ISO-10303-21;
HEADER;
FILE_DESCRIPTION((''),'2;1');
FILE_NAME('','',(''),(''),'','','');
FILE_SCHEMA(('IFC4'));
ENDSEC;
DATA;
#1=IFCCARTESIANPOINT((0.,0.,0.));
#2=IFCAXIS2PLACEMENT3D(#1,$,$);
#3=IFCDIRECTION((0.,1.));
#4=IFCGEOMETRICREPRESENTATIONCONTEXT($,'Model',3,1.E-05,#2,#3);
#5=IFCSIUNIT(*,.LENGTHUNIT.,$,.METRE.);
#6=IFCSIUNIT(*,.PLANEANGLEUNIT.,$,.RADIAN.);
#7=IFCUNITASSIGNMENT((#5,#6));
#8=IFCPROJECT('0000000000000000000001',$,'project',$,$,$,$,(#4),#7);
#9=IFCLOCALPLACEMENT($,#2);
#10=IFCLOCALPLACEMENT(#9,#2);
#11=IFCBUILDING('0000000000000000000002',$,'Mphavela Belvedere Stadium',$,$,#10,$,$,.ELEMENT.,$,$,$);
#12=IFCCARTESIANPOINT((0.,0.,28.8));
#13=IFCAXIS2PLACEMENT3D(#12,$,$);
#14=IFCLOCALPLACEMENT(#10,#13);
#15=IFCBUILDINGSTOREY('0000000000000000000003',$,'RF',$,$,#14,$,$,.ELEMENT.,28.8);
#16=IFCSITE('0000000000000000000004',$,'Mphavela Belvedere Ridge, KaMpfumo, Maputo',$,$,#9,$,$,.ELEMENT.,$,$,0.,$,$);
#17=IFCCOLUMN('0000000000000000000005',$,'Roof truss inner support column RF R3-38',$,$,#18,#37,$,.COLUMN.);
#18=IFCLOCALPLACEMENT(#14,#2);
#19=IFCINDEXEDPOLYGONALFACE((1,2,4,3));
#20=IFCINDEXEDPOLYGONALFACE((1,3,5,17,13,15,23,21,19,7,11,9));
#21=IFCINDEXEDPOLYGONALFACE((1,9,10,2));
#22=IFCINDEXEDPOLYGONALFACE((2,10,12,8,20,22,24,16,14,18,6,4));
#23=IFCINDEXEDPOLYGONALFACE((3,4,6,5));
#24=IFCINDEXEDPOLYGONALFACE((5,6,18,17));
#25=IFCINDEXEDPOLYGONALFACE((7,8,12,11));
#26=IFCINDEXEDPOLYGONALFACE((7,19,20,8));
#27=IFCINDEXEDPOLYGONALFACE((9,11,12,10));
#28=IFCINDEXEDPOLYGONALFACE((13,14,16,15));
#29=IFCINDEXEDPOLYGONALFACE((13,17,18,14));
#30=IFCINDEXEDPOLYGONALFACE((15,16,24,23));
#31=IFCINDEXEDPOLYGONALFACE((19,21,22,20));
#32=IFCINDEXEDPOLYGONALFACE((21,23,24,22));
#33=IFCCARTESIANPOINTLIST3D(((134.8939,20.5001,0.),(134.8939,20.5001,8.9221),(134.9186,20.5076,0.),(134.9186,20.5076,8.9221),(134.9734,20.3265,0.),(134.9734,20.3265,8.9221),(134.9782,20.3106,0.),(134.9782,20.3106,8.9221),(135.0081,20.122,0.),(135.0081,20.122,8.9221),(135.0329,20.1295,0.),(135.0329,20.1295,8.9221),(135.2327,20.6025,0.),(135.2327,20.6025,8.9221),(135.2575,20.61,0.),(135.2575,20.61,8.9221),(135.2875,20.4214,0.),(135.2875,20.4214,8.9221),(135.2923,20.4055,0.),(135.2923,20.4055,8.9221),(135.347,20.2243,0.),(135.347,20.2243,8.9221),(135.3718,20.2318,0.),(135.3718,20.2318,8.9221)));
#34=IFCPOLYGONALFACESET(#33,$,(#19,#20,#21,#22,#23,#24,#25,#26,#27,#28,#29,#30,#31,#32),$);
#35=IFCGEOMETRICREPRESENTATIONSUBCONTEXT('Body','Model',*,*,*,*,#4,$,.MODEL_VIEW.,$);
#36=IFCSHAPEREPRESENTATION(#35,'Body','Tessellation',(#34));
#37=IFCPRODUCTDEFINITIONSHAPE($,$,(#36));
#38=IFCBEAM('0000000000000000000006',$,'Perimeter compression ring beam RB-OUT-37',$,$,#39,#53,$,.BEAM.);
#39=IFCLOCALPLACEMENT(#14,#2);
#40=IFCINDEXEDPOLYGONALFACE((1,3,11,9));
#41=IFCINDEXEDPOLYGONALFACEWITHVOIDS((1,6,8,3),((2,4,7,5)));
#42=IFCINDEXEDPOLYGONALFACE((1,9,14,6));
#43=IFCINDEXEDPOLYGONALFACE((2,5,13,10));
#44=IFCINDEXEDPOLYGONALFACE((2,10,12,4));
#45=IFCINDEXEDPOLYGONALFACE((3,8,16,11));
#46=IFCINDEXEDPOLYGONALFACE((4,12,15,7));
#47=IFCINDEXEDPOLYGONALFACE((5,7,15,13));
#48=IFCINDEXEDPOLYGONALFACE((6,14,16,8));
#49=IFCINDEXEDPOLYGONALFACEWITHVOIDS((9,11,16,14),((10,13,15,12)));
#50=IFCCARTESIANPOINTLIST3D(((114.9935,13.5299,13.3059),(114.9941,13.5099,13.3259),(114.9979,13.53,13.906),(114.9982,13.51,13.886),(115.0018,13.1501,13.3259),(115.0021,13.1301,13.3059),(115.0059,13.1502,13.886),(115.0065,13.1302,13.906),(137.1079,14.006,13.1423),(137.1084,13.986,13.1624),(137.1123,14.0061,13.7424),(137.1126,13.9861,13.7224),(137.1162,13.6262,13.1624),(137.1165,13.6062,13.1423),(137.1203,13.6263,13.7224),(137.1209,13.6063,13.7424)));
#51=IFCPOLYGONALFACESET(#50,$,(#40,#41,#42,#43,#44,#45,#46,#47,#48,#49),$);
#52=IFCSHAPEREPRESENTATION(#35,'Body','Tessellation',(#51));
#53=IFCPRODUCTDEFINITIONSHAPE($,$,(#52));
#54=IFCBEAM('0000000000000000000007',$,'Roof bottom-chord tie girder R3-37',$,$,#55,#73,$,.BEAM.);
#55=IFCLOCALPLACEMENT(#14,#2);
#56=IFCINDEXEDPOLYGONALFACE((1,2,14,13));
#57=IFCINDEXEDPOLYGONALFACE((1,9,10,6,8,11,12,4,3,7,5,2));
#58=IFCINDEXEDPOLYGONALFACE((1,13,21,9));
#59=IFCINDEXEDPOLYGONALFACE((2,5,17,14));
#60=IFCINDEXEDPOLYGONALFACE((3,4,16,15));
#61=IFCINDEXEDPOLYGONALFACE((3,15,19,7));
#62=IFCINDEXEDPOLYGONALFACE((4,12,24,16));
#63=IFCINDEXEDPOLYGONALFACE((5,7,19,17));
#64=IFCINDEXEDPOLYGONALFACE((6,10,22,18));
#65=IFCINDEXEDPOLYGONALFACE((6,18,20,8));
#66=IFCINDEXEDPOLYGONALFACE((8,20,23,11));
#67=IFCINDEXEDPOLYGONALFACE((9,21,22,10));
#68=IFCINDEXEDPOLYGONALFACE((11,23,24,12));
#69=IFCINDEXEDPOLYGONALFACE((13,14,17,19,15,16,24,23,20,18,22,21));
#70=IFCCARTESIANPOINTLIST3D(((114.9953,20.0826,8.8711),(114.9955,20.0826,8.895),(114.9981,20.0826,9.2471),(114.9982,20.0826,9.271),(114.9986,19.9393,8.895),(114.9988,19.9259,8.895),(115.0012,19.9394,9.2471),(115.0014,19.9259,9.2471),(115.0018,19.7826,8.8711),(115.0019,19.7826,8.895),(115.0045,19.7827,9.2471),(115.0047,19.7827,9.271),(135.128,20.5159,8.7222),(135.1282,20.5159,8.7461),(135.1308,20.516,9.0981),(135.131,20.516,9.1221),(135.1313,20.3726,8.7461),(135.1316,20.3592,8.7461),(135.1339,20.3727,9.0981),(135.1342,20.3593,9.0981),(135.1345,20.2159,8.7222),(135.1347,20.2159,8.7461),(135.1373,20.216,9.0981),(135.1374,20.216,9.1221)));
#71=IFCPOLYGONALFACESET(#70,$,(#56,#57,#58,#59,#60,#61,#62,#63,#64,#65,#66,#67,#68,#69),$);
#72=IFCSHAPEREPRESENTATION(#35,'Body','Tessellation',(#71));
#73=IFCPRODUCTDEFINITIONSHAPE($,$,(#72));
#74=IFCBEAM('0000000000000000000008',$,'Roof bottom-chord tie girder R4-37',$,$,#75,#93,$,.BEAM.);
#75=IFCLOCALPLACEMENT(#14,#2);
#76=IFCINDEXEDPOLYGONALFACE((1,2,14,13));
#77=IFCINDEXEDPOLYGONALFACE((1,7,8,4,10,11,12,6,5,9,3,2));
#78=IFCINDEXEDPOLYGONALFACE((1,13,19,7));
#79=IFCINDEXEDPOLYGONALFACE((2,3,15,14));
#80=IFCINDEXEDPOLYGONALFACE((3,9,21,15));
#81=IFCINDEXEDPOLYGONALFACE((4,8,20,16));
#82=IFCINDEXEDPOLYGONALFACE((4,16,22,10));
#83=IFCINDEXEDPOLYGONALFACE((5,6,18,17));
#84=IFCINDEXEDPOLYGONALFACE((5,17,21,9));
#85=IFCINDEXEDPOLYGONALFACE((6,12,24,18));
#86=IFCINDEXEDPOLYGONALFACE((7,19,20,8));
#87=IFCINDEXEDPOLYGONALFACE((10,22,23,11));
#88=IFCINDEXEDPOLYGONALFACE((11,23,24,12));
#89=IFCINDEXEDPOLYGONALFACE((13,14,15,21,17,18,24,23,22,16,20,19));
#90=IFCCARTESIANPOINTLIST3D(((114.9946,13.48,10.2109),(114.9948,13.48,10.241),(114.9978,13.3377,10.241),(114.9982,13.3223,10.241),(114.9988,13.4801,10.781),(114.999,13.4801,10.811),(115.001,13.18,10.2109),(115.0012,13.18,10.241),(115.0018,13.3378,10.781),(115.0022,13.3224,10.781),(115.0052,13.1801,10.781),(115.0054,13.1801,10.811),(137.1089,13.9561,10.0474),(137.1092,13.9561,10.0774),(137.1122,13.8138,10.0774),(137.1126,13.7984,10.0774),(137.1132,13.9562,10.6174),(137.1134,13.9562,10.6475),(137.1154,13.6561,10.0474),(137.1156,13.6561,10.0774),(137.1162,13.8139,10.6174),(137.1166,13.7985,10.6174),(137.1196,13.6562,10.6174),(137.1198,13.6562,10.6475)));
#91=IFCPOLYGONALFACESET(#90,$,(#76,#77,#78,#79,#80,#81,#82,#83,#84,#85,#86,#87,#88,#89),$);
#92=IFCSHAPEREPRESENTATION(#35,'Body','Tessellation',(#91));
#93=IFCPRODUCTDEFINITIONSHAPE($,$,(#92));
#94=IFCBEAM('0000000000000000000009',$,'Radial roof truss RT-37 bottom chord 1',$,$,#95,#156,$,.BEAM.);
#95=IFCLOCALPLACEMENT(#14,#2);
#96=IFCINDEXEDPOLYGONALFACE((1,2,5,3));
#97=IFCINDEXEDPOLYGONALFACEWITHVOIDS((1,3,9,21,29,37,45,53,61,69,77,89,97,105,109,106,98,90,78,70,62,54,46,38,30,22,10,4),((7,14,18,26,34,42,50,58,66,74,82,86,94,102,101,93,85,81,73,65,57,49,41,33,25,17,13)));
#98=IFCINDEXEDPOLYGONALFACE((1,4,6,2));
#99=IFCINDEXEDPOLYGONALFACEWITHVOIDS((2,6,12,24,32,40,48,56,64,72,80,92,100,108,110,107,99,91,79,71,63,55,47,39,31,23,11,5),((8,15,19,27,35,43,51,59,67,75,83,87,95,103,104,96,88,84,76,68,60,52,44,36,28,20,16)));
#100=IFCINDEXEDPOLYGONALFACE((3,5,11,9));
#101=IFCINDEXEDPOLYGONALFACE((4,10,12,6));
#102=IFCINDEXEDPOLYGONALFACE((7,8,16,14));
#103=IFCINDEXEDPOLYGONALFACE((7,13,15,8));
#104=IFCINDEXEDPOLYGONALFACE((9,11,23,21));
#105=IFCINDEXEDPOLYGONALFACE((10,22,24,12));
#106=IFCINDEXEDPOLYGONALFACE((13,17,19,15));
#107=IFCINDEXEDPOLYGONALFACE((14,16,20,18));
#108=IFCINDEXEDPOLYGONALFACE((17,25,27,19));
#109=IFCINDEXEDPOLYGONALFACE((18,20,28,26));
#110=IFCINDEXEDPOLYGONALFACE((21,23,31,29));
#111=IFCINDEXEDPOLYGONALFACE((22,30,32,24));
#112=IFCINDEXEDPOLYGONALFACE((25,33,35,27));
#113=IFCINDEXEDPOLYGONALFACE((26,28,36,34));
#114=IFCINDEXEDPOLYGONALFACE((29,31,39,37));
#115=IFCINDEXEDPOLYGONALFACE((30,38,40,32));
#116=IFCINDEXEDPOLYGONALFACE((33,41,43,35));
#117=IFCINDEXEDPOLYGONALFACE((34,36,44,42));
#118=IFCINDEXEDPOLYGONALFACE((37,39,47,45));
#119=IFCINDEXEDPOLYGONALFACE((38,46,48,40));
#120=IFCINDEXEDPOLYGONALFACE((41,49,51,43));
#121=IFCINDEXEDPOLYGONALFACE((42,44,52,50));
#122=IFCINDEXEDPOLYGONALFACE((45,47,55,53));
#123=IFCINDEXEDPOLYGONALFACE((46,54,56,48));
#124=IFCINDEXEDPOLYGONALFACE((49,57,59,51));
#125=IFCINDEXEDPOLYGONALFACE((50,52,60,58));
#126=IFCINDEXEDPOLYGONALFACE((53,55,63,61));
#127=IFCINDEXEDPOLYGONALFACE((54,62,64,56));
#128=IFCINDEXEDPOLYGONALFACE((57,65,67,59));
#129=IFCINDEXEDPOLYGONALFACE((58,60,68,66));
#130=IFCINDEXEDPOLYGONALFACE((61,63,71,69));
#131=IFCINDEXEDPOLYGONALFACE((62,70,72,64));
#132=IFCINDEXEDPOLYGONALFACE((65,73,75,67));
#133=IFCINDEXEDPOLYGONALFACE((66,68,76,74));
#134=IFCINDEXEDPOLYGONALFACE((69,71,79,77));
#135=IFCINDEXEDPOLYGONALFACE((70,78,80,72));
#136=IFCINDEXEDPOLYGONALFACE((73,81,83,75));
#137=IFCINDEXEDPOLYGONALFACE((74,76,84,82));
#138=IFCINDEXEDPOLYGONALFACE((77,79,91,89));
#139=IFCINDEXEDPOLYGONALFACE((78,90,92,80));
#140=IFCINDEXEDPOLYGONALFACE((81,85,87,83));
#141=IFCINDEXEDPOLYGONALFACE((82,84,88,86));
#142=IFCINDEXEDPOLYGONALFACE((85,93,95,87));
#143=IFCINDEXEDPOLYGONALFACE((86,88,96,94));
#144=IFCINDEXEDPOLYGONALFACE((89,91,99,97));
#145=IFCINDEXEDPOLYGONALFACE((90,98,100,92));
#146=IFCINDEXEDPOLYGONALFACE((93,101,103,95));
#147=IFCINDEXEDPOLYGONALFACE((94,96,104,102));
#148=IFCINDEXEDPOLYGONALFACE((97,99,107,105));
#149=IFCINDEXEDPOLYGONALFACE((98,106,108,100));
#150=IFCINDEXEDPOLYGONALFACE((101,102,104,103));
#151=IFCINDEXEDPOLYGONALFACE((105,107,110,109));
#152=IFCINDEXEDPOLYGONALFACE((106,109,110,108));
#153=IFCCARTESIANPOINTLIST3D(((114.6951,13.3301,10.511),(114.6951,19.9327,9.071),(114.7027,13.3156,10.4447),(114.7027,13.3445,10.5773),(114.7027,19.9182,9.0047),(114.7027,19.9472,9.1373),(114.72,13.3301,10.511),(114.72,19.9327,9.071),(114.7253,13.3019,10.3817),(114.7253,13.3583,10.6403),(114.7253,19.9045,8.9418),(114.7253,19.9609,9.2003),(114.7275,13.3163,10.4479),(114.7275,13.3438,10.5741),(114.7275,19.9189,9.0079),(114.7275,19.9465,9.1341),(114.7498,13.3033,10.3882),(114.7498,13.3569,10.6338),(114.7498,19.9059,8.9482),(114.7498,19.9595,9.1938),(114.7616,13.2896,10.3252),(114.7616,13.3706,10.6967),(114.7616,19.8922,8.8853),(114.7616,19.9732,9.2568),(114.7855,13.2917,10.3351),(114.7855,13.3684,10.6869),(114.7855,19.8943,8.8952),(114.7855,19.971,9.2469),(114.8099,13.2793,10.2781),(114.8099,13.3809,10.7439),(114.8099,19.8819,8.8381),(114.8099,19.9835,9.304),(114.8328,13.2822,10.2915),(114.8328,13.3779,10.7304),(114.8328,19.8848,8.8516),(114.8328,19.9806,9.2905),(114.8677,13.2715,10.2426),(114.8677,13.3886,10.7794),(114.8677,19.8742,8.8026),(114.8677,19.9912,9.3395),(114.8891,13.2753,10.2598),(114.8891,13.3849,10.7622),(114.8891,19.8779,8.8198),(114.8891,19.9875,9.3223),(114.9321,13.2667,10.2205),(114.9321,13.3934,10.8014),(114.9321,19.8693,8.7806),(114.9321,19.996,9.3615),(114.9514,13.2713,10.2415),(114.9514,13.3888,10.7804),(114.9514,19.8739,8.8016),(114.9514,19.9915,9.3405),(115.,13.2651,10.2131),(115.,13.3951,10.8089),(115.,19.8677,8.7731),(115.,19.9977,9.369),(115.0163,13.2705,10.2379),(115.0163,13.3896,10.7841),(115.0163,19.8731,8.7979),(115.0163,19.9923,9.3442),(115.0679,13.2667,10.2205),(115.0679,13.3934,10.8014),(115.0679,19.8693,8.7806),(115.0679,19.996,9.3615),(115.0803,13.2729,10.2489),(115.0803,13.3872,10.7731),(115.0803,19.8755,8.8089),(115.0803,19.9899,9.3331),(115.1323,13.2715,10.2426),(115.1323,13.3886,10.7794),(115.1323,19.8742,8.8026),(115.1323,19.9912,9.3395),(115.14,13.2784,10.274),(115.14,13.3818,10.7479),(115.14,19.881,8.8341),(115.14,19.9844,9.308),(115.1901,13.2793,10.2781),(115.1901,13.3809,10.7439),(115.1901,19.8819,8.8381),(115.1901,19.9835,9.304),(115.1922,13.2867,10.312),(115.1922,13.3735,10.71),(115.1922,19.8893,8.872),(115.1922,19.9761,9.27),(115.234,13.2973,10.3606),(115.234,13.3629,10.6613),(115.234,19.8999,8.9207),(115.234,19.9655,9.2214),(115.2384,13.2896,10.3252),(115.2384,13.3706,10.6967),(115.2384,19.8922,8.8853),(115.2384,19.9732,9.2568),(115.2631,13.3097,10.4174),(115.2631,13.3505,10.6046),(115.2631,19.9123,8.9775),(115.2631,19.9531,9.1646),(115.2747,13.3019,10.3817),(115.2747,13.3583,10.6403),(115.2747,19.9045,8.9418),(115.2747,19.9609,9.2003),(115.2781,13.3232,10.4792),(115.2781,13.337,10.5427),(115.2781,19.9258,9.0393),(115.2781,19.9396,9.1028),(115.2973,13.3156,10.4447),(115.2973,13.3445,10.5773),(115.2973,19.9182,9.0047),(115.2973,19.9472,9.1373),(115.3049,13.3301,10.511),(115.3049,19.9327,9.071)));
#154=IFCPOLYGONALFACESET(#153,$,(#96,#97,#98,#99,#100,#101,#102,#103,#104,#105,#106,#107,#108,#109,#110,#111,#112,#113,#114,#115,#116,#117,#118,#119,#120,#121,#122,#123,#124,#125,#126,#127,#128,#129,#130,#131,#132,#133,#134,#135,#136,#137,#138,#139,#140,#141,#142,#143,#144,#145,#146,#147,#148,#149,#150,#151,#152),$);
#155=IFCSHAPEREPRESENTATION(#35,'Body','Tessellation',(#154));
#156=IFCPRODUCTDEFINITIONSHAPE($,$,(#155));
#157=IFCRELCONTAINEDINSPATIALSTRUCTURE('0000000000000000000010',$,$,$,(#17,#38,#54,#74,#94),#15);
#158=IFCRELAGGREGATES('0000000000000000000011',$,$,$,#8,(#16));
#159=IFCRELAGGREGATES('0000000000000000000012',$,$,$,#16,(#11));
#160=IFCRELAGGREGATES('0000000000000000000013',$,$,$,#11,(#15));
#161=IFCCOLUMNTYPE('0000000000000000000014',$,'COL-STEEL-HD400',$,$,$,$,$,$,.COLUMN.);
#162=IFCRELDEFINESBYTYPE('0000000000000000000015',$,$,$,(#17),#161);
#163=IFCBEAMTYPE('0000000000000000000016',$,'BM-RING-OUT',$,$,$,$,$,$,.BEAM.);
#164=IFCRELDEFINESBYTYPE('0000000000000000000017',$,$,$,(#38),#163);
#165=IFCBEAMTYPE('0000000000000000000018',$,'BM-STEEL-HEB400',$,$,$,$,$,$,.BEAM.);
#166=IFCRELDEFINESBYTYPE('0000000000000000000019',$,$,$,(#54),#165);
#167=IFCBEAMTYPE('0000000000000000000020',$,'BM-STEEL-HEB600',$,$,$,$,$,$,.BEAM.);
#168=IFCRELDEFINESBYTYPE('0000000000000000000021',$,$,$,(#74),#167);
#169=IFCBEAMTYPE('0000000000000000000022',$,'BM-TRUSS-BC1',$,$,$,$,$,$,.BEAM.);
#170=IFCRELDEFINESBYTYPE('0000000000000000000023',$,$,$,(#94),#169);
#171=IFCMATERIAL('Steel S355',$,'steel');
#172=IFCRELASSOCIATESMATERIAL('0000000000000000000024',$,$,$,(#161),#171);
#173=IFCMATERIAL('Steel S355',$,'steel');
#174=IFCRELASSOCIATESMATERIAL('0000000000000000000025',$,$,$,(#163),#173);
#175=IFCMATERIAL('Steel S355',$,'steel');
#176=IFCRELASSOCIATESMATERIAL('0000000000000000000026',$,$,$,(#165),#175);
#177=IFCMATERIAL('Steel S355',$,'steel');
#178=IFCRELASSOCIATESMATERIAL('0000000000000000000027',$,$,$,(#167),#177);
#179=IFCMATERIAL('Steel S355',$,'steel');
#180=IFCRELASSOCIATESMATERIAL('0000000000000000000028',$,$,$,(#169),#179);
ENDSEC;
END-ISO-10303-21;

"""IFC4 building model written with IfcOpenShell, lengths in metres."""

from ifc_helpers import new_model, si_unit, direction, frame, origin, origin_2d, place, context, subcontext, project, spatial, hollow_rectangle, hollow_circle, i_section, extrude, material, material_profile, profile_set, type_object, element, save


model = new_model("IFC4")

# Units and contexts
model_context = context("Model", 3, precision=1e-05, world=origin(), true_north=direction((0.0, 1.0)))
body_context = subcontext(model_context, "Body", "Model", "MODEL_VIEW")
ifc_project = project(units=[si_unit("LENGTHUNIT", "METRE"), si_unit("PLANEANGLEUNIT", "RADIAN")], contexts=[model_context])

# Site, building, storey
site_placement = place(None, origin())
site = spatial("IfcSite", under=ifc_project, at=site_placement, Name="Mphavela Belvedere Ridge, KaMpfumo, Maputo", CompositionType="ELEMENT", RefElevation=0.0)
building_placement = place(site_placement, origin())
building = spatial("IfcBuilding", under=site, at=building_placement, Name="Mphavela Belvedere Stadium", CompositionType="ELEMENT")
storey_placement = place(building_placement, frame((0.0, 0.0, 28.8)))
storey = spatial("IfcBuildingStorey", under=building, at=storey_placement, Name="RF", CompositionType="ELEMENT", Elevation=28.8)

# Column
ifc_material_1 = material(Name="Steel S355", Category="steel")
ifc_material_profile_1 = material_profile(ifc_material_1, i_section(OverallWidth=0.395, OverallDepth=0.3799, WebThickness=0.0166, FlangeThickness=0.0259, at=origin_2d()), Name="HD 400x237")
ifc_profile_set_1 = profile_set([ifc_material_profile_1], Name="Steel S355")
column_type = type_object("IfcColumnType", Name="COL-STEEL-HD400", PredefinedType="COLUMN", material=ifc_profile_set_1)
column_placement = place(storey_placement, frame((135.1328, 20.366, 0.0), z_axis=(0.0, 0.0, 1.0), x_axis=(0.289199, -0.957269, 0.0)))
element("IfcColumn", 1, at=column_placement, inside=storey, type_object=column_type, Name="Roof truss inner support column RF R3-38", PredefinedType="COLUMN", context=body_context, shape_type="SweptSolid", body=[
    extrude(i_section(OverallWidth=0.395, OverallDepth=0.3799, WebThickness=0.0166, FlangeThickness=0.0259, at=origin_2d()), origin(), (0.0, 0.0, 1.0), 8.9221),
])

# Beams
ifc_material_2 = material(Name="Steel S355", Category="steel")
ifc_material_profile_2 = material_profile(ifc_material_2, hollow_rectangle(XDim=0.3999, YDim=0.6001, WallThickness=0.02, at=origin_2d()), Name="RHS 600x400x20")
ifc_profile_set_2 = profile_set([ifc_material_profile_2], Name="Steel S355")
beam_type_1 = type_object("IfcBeamType", Name="BM-RING-OUT", PredefinedType="BEAM", material=ifc_profile_set_2)
beam_1_placement = place(storey_placement, frame((115.0, 13.3301, 13.606), z_axis=(0.999741, 0.021522, -0.007395), x_axis=(-0.021523, 0.999768, 0.0)))
element("IfcBeam", 2, at=beam_1_placement, inside=storey, type_object=beam_type_1, Name="Perimeter compression ring beam RB-OUT-37", PredefinedType="BEAM", context=body_context, shape_type="SweptSolid", body=[
    extrude(hollow_rectangle(XDim=0.3999, YDim=0.6001, WallThickness=0.02, at=origin_2d()), origin(), (0.0, 0.0, 1.0), 22.1201),
])
ifc_material_3 = material(Name="Steel S355", Category="steel")
ifc_material_profile_3 = material_profile(ifc_material_3, i_section(OverallWidth=0.3, OverallDepth=0.3999, WebThickness=0.0134, FlangeThickness=0.0239, at=origin_2d()), Name="HEB 400")
ifc_profile_set_3 = profile_set([ifc_material_profile_3], Name="Steel S355")
beam_type_2 = type_object("IfcBeamType", Name="BM-STEEL-HEB400", PredefinedType="BEAM", material=ifc_profile_set_3)
beam_2_placement = place(storey_placement, frame((115.0, 19.9326, 9.071), z_axis=(0.999741, 0.021519, -0.007395), x_axis=(-0.02152, 0.999768, 0.0)))
element("IfcBeam", 3, at=beam_2_placement, inside=storey, type_object=beam_type_2, Name="Roof bottom-chord tie girder R3-37", PredefinedType="BEAM", context=body_context, shape_type="SweptSolid", body=[
    extrude(i_section(OverallWidth=0.3, OverallDepth=0.3999, WebThickness=0.0134, FlangeThickness=0.0239, at=origin_2d()), origin(), (0.0, 0.0, 1.0), 20.1379),
])
ifc_material_4 = material(Name="Steel S355", Category="steel")
ifc_material_profile_4 = material_profile(ifc_material_4, i_section(OverallWidth=0.3, OverallDepth=0.6001, WebThickness=0.0154, FlangeThickness=0.03, at=origin_2d()), Name="HEB 600")
ifc_profile_set_4 = profile_set([ifc_material_profile_4], Name="Steel S355")
beam_type_3 = type_object("IfcBeamType", Name="BM-STEEL-HEB600", PredefinedType="BEAM", material=ifc_profile_set_4)
beam_3_placement = place(storey_placement, frame((115.0, 13.3301, 10.511), z_axis=(0.999741, 0.021522, -0.007395), x_axis=(-0.021523, 0.999768, 0.0)))
element("IfcBeam", 4, at=beam_3_placement, inside=storey, type_object=beam_type_3, Name="Roof bottom-chord tie girder R4-37", PredefinedType="BEAM", context=body_context, shape_type="SweptSolid", body=[
    extrude(i_section(OverallWidth=0.3, OverallDepth=0.6001, WebThickness=0.0154, FlangeThickness=0.03, at=origin_2d()), origin(), (0.0, 0.0, 1.0), 22.1201),
])
ifc_material_5 = material(Name="Steel S355", Category="steel")
ifc_material_profile_5 = material_profile(ifc_material_5, hollow_circle(Radius=0.3049, WallThickness=0.0249, at=origin_2d()), Name="CHS 610x25")
ifc_profile_set_5 = profile_set([ifc_material_profile_5], Name="Steel S355")
beam_type_4 = type_object("IfcBeamType", Name="BM-TRUSS-BC1", PredefinedType="BEAM", material=ifc_profile_set_5)
beam_4_placement = place(storey_placement, frame((115.0, 13.3301, 10.511), z_axis=(0.0, 0.977035, -0.213081), x_axis=(-1.0, 0.0, 0.0)))
element("IfcBeam", 5, at=beam_4_placement, inside=storey, type_object=beam_type_4, Name="Radial roof truss RT-37 bottom chord 1", PredefinedType="BEAM", context=body_context, shape_type="SweptSolid", body=[
    extrude(hollow_circle(Radius=0.3049, WallThickness=0.0249, at=origin_2d()), origin(), (0.0, 0.0, 1.0), 6.7578),
])

save(model, "model.ifc")
